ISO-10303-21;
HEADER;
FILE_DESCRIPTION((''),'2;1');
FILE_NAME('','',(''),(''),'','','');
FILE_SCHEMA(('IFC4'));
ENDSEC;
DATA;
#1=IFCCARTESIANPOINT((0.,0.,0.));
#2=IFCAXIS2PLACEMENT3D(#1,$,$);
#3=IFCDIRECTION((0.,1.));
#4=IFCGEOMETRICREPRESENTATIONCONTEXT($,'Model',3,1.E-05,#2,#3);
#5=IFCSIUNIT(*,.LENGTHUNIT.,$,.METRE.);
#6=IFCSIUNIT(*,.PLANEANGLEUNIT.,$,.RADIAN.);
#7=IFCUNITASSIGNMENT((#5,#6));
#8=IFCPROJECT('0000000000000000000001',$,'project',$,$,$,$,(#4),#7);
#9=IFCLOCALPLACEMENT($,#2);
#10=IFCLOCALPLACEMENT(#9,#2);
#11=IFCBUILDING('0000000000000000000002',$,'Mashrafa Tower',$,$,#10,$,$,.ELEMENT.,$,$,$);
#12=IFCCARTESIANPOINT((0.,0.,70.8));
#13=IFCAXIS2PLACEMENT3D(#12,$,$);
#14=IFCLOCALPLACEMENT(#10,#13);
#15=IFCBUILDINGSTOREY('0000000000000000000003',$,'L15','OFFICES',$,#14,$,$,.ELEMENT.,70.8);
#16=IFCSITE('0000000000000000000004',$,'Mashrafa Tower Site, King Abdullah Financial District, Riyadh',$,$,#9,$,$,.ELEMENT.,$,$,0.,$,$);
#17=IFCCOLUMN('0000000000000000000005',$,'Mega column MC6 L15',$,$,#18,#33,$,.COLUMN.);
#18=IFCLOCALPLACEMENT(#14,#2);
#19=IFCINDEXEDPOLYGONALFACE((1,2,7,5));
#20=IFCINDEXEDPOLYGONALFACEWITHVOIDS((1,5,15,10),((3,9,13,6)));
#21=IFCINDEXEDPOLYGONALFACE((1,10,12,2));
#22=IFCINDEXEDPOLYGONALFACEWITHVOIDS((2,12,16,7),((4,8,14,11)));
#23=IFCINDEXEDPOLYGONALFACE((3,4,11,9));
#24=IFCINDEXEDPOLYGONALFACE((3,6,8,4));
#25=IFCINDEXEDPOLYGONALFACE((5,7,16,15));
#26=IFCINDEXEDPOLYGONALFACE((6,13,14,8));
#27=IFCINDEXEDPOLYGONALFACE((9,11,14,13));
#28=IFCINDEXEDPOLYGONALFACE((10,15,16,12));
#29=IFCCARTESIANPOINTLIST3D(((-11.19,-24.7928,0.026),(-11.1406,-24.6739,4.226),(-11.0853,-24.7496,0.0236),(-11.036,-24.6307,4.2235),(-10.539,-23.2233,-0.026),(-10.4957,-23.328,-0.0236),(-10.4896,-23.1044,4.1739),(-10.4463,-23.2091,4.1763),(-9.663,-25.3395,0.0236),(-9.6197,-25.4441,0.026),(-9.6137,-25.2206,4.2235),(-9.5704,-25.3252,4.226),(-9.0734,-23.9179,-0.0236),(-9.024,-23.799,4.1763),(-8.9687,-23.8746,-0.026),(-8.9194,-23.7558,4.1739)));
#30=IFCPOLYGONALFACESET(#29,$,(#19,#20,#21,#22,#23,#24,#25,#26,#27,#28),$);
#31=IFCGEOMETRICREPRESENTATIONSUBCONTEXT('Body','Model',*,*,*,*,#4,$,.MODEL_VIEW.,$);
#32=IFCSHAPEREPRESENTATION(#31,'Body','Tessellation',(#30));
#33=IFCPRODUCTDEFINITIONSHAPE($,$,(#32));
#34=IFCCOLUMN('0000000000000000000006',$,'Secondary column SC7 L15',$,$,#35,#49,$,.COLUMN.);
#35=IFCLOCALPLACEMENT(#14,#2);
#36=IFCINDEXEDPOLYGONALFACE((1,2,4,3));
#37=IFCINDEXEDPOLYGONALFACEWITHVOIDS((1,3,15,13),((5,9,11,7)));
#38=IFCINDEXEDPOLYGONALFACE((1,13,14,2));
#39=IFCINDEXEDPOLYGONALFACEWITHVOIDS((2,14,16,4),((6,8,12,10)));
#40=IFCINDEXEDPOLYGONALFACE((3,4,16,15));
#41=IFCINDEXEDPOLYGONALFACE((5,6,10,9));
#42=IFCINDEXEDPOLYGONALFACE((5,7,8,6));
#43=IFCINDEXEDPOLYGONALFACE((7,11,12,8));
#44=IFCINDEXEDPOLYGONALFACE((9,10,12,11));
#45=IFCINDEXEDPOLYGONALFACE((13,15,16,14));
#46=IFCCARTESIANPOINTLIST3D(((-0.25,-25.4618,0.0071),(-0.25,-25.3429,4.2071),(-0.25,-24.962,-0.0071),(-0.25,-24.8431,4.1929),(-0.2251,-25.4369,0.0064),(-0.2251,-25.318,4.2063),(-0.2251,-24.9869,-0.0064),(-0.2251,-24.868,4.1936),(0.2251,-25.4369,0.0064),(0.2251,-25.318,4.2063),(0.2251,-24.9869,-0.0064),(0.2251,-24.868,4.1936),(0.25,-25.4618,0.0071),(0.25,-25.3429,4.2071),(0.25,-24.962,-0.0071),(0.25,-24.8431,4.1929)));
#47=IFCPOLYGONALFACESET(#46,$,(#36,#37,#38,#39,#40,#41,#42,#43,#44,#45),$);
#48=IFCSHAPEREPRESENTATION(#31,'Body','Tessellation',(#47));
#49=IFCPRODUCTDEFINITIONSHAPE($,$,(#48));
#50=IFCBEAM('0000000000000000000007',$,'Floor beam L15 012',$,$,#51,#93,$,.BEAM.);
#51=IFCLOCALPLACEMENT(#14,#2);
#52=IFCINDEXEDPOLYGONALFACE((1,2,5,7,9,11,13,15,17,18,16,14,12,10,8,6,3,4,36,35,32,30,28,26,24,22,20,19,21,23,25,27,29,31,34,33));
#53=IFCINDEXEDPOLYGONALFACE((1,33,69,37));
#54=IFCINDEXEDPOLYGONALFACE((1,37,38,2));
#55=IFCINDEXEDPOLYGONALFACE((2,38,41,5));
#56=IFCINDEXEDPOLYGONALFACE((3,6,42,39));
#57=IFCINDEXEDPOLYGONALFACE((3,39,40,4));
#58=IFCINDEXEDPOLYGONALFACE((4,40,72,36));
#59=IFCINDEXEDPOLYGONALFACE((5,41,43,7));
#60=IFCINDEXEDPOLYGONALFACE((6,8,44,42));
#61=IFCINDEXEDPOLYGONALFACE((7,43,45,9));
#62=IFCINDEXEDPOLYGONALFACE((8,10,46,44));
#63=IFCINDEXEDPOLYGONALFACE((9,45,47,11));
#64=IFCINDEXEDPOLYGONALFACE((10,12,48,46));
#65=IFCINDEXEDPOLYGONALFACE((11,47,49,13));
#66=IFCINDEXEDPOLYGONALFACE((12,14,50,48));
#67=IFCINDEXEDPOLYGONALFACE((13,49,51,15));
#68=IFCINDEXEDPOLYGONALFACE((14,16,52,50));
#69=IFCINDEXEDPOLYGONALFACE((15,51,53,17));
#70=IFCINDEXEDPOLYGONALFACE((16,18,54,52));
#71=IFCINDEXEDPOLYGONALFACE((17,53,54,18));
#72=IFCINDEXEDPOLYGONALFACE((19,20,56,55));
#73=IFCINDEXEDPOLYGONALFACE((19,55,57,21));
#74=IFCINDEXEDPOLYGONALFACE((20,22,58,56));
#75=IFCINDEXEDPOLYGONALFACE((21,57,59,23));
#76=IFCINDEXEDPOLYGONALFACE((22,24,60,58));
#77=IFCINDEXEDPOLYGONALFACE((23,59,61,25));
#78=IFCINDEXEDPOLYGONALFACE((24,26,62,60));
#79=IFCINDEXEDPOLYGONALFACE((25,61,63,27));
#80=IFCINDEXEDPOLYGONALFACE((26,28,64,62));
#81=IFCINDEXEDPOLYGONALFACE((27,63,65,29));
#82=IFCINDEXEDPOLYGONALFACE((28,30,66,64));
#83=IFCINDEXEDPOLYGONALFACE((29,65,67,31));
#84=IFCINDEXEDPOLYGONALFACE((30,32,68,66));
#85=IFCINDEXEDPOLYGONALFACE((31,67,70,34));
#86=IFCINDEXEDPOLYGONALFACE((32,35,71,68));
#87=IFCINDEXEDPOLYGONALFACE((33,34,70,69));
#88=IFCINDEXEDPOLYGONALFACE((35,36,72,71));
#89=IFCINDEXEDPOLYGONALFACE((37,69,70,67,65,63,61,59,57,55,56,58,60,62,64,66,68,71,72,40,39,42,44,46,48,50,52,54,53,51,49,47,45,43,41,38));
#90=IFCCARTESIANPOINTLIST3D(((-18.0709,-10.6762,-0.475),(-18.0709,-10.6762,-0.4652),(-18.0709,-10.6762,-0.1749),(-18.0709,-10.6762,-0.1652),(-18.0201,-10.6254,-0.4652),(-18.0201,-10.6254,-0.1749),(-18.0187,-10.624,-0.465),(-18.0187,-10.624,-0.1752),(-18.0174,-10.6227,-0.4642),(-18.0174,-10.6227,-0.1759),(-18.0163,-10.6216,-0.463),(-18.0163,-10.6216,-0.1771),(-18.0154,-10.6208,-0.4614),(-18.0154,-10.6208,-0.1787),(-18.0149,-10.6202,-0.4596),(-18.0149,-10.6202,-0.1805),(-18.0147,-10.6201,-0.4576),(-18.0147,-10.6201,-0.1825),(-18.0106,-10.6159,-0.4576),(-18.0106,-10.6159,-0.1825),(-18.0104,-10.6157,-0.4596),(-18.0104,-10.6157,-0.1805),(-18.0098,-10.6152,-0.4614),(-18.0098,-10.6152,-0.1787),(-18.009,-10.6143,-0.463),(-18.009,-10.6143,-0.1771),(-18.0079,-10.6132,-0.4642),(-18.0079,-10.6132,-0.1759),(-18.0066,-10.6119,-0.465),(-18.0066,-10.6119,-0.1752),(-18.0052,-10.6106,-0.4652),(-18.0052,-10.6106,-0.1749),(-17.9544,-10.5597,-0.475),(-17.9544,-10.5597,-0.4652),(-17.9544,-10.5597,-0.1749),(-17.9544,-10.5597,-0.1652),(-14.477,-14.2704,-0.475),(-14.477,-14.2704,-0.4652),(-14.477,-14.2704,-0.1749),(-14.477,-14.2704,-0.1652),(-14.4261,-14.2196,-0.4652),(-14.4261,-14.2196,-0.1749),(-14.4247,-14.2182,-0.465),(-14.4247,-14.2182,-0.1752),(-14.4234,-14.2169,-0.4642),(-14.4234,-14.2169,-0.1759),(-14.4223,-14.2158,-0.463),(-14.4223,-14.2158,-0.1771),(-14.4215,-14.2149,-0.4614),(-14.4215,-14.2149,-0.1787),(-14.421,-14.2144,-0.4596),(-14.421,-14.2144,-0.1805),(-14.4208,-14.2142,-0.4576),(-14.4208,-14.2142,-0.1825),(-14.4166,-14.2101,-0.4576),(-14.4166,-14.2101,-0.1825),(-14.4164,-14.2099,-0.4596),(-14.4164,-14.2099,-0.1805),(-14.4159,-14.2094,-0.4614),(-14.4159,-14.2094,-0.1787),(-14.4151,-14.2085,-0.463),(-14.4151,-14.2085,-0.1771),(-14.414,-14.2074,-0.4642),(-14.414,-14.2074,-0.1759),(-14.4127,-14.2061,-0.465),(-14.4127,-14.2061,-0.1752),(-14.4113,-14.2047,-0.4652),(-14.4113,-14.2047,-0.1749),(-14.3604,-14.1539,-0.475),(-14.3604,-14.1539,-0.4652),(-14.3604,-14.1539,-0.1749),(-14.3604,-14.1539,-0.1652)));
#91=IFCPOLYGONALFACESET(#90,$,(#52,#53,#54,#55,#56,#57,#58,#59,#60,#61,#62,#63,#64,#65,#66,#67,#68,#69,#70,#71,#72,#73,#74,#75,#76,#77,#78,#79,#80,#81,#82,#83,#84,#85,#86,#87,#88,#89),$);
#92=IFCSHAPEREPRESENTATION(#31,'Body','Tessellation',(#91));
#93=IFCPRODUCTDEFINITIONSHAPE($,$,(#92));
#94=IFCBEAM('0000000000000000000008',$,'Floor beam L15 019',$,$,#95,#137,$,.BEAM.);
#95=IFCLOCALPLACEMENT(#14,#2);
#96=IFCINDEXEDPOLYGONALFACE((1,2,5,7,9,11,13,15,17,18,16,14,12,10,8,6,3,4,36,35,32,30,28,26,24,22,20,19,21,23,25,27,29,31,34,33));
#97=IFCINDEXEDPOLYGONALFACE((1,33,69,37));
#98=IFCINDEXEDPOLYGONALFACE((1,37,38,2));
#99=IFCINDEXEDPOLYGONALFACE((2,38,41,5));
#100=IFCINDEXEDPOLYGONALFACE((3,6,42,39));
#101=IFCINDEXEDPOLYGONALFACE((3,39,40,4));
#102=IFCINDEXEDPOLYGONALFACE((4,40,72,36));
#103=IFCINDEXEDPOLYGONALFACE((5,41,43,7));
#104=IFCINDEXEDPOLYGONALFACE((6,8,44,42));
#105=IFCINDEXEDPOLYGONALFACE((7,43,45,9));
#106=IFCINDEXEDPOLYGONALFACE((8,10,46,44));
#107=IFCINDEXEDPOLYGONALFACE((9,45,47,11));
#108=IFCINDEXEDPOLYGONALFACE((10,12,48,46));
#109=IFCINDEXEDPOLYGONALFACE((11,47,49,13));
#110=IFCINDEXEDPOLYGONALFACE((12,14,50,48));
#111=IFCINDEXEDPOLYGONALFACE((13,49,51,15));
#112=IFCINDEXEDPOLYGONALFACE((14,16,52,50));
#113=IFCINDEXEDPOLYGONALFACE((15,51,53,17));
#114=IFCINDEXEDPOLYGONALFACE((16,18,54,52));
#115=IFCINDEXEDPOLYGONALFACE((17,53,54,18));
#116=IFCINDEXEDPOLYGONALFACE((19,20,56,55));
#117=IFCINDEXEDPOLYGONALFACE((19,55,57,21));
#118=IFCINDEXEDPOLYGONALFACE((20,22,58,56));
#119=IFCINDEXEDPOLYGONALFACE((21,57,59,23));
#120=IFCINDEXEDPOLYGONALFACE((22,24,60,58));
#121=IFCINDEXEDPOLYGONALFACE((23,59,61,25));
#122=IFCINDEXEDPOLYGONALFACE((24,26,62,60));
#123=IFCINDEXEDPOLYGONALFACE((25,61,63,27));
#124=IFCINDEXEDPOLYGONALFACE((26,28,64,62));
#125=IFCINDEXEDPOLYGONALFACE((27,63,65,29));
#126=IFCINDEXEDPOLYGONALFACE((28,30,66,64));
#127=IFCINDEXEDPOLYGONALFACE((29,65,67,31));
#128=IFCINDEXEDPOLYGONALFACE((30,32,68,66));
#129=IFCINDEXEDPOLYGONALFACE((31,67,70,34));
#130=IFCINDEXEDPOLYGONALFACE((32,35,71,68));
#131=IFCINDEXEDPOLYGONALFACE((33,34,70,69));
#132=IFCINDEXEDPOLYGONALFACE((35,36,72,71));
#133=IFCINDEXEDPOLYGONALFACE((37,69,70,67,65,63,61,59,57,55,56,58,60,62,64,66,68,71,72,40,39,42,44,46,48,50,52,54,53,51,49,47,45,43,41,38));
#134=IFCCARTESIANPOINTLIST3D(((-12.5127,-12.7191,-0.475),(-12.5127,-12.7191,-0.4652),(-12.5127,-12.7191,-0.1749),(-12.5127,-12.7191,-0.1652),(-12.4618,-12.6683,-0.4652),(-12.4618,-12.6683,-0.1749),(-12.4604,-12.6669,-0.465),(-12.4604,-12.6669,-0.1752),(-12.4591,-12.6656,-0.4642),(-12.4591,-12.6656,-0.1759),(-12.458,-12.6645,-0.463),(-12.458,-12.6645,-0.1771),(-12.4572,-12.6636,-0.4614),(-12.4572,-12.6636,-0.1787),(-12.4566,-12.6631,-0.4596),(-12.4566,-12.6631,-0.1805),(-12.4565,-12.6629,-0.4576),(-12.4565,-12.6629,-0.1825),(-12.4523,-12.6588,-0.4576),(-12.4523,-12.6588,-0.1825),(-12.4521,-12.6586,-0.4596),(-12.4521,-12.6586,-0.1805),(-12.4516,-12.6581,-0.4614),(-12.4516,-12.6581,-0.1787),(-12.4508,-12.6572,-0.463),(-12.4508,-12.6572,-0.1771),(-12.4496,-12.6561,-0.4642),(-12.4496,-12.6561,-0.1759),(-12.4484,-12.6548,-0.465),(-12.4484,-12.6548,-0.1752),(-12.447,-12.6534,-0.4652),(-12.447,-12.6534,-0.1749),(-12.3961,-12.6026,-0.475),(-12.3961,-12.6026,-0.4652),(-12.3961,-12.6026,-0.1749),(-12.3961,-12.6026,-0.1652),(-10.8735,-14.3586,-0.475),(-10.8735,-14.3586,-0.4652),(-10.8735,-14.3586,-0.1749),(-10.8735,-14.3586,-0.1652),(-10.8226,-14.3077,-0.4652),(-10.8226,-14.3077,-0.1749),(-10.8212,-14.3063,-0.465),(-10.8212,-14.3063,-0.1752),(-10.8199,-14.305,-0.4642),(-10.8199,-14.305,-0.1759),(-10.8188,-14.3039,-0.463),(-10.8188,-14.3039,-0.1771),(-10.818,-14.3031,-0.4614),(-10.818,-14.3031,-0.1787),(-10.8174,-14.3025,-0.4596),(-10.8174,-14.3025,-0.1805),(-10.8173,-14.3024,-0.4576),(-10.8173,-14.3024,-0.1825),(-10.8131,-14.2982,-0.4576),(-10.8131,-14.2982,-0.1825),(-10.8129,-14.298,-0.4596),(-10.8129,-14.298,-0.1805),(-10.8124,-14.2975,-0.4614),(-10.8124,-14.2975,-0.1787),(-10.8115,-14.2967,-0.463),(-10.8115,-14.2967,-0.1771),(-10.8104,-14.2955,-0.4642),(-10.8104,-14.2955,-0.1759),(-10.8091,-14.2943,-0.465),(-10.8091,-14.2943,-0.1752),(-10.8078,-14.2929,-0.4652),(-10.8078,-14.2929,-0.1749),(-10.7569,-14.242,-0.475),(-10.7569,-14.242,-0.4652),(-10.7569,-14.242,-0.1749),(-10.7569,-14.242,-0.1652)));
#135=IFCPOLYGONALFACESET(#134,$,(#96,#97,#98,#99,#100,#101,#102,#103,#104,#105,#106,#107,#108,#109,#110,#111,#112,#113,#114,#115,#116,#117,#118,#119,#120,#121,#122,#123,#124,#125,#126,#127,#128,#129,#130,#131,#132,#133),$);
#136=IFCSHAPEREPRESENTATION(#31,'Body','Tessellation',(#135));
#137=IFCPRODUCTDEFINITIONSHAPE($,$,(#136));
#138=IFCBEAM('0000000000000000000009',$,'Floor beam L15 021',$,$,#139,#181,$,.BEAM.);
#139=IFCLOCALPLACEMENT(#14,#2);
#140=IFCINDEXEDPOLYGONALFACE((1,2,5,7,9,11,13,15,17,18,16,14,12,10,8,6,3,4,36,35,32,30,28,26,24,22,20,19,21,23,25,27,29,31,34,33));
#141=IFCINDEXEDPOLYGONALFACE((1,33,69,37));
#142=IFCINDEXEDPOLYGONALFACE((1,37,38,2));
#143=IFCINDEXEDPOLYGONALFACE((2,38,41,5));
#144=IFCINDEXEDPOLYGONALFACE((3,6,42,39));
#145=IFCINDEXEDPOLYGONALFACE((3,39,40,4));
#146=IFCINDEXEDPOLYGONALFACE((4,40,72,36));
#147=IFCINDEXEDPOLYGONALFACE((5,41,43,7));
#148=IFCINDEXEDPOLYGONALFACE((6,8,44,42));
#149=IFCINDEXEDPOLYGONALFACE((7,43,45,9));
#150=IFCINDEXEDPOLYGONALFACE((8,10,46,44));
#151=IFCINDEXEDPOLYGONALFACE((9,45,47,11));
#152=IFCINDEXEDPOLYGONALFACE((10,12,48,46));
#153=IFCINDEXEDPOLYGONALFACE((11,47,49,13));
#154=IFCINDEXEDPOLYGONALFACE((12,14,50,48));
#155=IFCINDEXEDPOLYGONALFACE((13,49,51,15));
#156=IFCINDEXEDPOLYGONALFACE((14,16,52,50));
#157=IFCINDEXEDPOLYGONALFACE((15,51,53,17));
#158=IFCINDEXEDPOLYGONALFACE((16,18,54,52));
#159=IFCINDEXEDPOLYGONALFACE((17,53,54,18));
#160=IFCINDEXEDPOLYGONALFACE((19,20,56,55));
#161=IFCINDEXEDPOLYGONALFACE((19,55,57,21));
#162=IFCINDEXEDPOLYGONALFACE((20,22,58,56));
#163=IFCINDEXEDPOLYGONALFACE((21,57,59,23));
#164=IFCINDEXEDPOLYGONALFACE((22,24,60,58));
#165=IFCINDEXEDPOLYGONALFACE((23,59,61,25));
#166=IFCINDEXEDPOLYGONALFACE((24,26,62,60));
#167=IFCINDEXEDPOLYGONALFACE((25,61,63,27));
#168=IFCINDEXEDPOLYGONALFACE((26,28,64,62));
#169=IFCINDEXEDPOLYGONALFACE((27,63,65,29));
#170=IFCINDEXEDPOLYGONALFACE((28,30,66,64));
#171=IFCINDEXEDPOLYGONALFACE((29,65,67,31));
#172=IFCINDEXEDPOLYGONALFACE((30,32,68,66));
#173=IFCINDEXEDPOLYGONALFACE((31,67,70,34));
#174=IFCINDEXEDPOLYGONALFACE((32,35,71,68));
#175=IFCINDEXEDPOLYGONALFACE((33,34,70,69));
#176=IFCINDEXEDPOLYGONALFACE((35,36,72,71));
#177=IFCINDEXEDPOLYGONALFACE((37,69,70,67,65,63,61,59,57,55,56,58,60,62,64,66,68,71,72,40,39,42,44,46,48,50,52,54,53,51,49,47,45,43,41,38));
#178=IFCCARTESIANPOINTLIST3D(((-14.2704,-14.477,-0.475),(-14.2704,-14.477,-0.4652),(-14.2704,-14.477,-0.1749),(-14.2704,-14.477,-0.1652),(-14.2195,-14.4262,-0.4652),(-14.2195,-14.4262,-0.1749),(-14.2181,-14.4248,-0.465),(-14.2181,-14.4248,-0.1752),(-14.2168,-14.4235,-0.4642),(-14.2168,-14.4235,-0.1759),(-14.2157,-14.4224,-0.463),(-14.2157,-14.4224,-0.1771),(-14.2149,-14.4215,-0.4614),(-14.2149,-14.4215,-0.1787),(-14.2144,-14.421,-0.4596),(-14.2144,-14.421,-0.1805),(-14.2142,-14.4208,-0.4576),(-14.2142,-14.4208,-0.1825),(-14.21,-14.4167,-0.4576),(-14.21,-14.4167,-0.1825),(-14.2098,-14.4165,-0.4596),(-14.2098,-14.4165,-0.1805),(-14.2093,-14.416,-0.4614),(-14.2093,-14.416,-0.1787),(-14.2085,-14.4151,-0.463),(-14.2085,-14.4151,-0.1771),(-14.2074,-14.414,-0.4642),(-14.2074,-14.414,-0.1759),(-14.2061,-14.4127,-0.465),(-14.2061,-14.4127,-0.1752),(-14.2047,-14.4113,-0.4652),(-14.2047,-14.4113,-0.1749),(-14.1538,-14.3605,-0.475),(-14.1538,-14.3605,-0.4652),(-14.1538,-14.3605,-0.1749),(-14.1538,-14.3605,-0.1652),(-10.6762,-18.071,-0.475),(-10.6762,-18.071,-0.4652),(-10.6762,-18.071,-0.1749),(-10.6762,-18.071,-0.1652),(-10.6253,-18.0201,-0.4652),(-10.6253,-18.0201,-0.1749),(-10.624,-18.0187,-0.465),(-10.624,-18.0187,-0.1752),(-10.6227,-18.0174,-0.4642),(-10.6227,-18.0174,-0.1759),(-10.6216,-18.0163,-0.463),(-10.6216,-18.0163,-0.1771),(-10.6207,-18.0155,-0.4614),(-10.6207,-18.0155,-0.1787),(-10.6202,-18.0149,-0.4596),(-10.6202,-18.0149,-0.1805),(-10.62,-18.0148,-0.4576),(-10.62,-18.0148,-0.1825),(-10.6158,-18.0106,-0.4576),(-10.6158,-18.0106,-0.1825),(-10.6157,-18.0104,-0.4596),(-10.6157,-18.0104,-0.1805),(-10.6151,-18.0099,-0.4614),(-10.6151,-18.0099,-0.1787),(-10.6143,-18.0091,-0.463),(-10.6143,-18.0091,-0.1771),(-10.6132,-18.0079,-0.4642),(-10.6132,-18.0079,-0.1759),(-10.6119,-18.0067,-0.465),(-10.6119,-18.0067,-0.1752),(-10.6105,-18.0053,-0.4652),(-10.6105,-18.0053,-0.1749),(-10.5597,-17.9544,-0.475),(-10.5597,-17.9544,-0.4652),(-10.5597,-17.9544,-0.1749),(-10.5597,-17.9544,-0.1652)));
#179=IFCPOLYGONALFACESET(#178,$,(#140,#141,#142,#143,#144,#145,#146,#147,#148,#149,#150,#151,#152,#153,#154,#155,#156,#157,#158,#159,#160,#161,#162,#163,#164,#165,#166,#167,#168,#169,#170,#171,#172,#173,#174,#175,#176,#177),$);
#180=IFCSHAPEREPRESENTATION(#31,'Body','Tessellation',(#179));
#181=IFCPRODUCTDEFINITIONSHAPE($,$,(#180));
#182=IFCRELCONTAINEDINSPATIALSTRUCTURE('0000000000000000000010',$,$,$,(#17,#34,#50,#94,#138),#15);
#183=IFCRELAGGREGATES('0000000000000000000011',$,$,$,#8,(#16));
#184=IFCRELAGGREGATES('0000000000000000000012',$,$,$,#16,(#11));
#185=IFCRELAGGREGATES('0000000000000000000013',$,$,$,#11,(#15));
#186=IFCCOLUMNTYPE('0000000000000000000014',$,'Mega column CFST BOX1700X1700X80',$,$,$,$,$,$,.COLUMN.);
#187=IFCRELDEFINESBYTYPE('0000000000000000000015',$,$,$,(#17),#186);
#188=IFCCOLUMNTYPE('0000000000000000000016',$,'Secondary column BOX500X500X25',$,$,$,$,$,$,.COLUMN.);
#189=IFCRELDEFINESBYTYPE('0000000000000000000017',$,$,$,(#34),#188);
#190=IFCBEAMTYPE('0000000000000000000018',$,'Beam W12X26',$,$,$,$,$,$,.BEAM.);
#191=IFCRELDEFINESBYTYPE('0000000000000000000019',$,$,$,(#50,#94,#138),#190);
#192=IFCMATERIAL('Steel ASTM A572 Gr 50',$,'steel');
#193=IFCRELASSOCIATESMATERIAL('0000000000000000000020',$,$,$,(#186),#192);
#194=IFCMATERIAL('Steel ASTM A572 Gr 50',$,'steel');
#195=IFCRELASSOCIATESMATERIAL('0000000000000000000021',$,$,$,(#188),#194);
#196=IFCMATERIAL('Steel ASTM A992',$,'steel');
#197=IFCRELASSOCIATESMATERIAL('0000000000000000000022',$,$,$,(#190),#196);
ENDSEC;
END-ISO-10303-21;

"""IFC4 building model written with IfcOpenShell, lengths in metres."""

from ifc_helpers import new_model, si_unit, direction, frame, origin, origin_2d, place, context, subcontext, project, spatial, hollow_rectangle, i_section, extrude, material, material_profile, profile_set, type_object, element, save


model = new_model("IFC4")

# Units and contexts
model_context = context("Model", 3, precision=1e-05, world=origin(), true_north=direction((0.0, 1.0)))
body_context = subcontext(model_context, "Body", "Model", "MODEL_VIEW")
ifc_project = project(units=[si_unit("LENGTHUNIT", "METRE"), si_unit("PLANEANGLEUNIT", "RADIAN")], contexts=[model_context])

# Site, building, storey
site_placement = place(None, origin())
site = spatial("IfcSite", under=ifc_project, at=site_placement, Name="Mashrafa Tower Site, King Abdullah Financial District, Riyadh", CompositionType="ELEMENT", RefElevation=0.0)
building_placement = place(site_placement, origin())
building = spatial("IfcBuilding", under=site, at=building_placement, Name="Mashrafa Tower", CompositionType="ELEMENT")
storey_placement = place(building_placement, frame((0.0, 0.0, 70.8)))
storey = spatial("IfcBuildingStorey", under=building, at=storey_placement, Name="L15", Description="OFFICES", CompositionType="ELEMENT", Elevation=70.8)

# Columns
ifc_material_1 = material(Name="Steel ASTM A572 Gr 50", Category="steel")
ifc_material_profile_1 = material_profile(ifc_material_1, hollow_rectangle(XDim=1.7, YDim=1.7, WallThickness=0.0801, at=origin_2d()), Name="BOX1700X1700X80")
ifc_profile_set_1 = profile_set([ifc_material_profile_1], Name="Steel ASTM A572 Gr 50")
column_type_1 = type_object("IfcColumnType", Name="Mega column CFST BOX1700X1700X80", PredefinedType="COLUMN", material=ifc_profile_set_1)
column_1_placement = place(storey_placement, frame((-10.0793, -24.3337, 0.0), z_axis=(0.011737, 0.028296, 0.999531), x_axis=(-0.923693, 0.383133, 0.0)))
element("IfcColumn", 1, at=column_1_placement, inside=storey, type_object=column_type_1, Name="Mega column MC6 L15", PredefinedType="COLUMN", context=body_context, shape_type="SweptSolid", body=[
    extrude(hollow_rectangle(XDim=1.7, YDim=1.7, WallThickness=0.0801, at=origin_2d()), origin(), (0.0, 0.0, 1.0), 4.2019),
])
ifc_material_2 = material(Name="Steel ASTM A572 Gr 50", Category="steel")
ifc_material_profile_2 = material_profile(ifc_material_2, hollow_rectangle(XDim=0.5, YDim=0.5, WallThickness=0.0249, at=origin_2d()), Name="BOX500X500X25")
ifc_profile_set_2 = profile_set([ifc_material_profile_2], Name="Steel ASTM A572 Gr 50")
column_type_2 = type_object("IfcColumnType", Name="Secondary column BOX500X500X25", PredefinedType="COLUMN", material=ifc_profile_set_2)
column_2_placement = place(storey_placement, frame((0.0, -25.2119, 0.0), z_axis=(0.0, 0.028298, 0.9996), x_axis=(-1.0, 0.0, 0.0)))
element("IfcColumn", 2, at=column_2_placement, inside=storey, type_object=column_type_2, Name="Secondary column SC7 L15", PredefinedType="COLUMN", context=body_context, shape_type="SweptSolid", body=[
    extrude(hollow_rectangle(XDim=0.5, YDim=0.5, WallThickness=0.0249, at=origin_2d()), origin(), (0.0, 0.0, 1.0), 4.2017),
])

# Beams
ifc_material_3 = material(Name="Steel ASTM A992", Category="steel")
ifc_material_profile_3 = material_profile(ifc_material_3, i_section(OverallWidth=0.1648, OverallDepth=0.3098, WebThickness=0.0059, FlangeThickness=0.0098, FilletRadius=0.0076, at=origin_2d()), Name="W12X26")
ifc_profile_set_3 = profile_set([ifc_material_profile_3], Name="Steel ASTM A992")
beam_type_1 = type_object("IfcBeamType", Name="Beam W12X26", PredefinedType="BEAM", material=ifc_profile_set_3)
beam_1_placement = place(storey_placement, frame((-14.4187, -14.2122, -0.3201), z_axis=(-0.707083, 0.707131, 0.0), x_axis=(-0.707131, -0.707083, 0.0)))
element("IfcBeam", 3, at=beam_1_placement, inside=storey, type_object=beam_type_1, Name="Floor beam L15 012", PredefinedType="BEAM", context=body_context, shape_type="SweptSolid", body=[
    extrude(i_section(OverallWidth=0.1648, OverallDepth=0.3098, WebThickness=0.0059, FlangeThickness=0.0098, FilletRadius=0.0076, at=origin_2d()), origin(), (0.0, 0.0, 1.0), 5.0828),
])
beam_2_placement = place(storey_placement, frame((-10.8152, -14.3003, -0.3201), z_axis=(-0.707054, 0.707159, 0.0), x_axis=(-0.707159, -0.707054, 0.0)))
element("IfcBeam", 4, at=beam_2_placement, inside=storey, type_object=beam_type_1, Name="Floor beam L15 019", PredefinedType="BEAM", context=body_context, shape_type="SweptSolid", body=[
    extrude(i_section(OverallWidth=0.1648, OverallDepth=0.3098, WebThickness=0.0059, FlangeThickness=0.0098, FilletRadius=0.0076, at=origin_2d()), origin(), (0.0, 0.0, 1.0), 2.3184),
])
beam_3_placement = place(storey_placement, frame((-10.6179, -18.0127, -0.3201), z_axis=(-0.707131, 0.707083, 0.0), x_axis=(-0.707083, -0.707131, 0.0)))
element("IfcBeam", 5, at=beam_3_placement, inside=storey, type_object=beam_type_1, Name="Floor beam L15 021", PredefinedType="BEAM", context=body_context, shape_type="SweptSolid", body=[
    extrude(i_section(OverallWidth=0.1648, OverallDepth=0.3098, WebThickness=0.0059, FlangeThickness=0.0098, FilletRadius=0.0076, at=origin_2d()), origin(), (0.0, 0.0, 1.0), 5.0828),
])

save(model, "model.ifc")
